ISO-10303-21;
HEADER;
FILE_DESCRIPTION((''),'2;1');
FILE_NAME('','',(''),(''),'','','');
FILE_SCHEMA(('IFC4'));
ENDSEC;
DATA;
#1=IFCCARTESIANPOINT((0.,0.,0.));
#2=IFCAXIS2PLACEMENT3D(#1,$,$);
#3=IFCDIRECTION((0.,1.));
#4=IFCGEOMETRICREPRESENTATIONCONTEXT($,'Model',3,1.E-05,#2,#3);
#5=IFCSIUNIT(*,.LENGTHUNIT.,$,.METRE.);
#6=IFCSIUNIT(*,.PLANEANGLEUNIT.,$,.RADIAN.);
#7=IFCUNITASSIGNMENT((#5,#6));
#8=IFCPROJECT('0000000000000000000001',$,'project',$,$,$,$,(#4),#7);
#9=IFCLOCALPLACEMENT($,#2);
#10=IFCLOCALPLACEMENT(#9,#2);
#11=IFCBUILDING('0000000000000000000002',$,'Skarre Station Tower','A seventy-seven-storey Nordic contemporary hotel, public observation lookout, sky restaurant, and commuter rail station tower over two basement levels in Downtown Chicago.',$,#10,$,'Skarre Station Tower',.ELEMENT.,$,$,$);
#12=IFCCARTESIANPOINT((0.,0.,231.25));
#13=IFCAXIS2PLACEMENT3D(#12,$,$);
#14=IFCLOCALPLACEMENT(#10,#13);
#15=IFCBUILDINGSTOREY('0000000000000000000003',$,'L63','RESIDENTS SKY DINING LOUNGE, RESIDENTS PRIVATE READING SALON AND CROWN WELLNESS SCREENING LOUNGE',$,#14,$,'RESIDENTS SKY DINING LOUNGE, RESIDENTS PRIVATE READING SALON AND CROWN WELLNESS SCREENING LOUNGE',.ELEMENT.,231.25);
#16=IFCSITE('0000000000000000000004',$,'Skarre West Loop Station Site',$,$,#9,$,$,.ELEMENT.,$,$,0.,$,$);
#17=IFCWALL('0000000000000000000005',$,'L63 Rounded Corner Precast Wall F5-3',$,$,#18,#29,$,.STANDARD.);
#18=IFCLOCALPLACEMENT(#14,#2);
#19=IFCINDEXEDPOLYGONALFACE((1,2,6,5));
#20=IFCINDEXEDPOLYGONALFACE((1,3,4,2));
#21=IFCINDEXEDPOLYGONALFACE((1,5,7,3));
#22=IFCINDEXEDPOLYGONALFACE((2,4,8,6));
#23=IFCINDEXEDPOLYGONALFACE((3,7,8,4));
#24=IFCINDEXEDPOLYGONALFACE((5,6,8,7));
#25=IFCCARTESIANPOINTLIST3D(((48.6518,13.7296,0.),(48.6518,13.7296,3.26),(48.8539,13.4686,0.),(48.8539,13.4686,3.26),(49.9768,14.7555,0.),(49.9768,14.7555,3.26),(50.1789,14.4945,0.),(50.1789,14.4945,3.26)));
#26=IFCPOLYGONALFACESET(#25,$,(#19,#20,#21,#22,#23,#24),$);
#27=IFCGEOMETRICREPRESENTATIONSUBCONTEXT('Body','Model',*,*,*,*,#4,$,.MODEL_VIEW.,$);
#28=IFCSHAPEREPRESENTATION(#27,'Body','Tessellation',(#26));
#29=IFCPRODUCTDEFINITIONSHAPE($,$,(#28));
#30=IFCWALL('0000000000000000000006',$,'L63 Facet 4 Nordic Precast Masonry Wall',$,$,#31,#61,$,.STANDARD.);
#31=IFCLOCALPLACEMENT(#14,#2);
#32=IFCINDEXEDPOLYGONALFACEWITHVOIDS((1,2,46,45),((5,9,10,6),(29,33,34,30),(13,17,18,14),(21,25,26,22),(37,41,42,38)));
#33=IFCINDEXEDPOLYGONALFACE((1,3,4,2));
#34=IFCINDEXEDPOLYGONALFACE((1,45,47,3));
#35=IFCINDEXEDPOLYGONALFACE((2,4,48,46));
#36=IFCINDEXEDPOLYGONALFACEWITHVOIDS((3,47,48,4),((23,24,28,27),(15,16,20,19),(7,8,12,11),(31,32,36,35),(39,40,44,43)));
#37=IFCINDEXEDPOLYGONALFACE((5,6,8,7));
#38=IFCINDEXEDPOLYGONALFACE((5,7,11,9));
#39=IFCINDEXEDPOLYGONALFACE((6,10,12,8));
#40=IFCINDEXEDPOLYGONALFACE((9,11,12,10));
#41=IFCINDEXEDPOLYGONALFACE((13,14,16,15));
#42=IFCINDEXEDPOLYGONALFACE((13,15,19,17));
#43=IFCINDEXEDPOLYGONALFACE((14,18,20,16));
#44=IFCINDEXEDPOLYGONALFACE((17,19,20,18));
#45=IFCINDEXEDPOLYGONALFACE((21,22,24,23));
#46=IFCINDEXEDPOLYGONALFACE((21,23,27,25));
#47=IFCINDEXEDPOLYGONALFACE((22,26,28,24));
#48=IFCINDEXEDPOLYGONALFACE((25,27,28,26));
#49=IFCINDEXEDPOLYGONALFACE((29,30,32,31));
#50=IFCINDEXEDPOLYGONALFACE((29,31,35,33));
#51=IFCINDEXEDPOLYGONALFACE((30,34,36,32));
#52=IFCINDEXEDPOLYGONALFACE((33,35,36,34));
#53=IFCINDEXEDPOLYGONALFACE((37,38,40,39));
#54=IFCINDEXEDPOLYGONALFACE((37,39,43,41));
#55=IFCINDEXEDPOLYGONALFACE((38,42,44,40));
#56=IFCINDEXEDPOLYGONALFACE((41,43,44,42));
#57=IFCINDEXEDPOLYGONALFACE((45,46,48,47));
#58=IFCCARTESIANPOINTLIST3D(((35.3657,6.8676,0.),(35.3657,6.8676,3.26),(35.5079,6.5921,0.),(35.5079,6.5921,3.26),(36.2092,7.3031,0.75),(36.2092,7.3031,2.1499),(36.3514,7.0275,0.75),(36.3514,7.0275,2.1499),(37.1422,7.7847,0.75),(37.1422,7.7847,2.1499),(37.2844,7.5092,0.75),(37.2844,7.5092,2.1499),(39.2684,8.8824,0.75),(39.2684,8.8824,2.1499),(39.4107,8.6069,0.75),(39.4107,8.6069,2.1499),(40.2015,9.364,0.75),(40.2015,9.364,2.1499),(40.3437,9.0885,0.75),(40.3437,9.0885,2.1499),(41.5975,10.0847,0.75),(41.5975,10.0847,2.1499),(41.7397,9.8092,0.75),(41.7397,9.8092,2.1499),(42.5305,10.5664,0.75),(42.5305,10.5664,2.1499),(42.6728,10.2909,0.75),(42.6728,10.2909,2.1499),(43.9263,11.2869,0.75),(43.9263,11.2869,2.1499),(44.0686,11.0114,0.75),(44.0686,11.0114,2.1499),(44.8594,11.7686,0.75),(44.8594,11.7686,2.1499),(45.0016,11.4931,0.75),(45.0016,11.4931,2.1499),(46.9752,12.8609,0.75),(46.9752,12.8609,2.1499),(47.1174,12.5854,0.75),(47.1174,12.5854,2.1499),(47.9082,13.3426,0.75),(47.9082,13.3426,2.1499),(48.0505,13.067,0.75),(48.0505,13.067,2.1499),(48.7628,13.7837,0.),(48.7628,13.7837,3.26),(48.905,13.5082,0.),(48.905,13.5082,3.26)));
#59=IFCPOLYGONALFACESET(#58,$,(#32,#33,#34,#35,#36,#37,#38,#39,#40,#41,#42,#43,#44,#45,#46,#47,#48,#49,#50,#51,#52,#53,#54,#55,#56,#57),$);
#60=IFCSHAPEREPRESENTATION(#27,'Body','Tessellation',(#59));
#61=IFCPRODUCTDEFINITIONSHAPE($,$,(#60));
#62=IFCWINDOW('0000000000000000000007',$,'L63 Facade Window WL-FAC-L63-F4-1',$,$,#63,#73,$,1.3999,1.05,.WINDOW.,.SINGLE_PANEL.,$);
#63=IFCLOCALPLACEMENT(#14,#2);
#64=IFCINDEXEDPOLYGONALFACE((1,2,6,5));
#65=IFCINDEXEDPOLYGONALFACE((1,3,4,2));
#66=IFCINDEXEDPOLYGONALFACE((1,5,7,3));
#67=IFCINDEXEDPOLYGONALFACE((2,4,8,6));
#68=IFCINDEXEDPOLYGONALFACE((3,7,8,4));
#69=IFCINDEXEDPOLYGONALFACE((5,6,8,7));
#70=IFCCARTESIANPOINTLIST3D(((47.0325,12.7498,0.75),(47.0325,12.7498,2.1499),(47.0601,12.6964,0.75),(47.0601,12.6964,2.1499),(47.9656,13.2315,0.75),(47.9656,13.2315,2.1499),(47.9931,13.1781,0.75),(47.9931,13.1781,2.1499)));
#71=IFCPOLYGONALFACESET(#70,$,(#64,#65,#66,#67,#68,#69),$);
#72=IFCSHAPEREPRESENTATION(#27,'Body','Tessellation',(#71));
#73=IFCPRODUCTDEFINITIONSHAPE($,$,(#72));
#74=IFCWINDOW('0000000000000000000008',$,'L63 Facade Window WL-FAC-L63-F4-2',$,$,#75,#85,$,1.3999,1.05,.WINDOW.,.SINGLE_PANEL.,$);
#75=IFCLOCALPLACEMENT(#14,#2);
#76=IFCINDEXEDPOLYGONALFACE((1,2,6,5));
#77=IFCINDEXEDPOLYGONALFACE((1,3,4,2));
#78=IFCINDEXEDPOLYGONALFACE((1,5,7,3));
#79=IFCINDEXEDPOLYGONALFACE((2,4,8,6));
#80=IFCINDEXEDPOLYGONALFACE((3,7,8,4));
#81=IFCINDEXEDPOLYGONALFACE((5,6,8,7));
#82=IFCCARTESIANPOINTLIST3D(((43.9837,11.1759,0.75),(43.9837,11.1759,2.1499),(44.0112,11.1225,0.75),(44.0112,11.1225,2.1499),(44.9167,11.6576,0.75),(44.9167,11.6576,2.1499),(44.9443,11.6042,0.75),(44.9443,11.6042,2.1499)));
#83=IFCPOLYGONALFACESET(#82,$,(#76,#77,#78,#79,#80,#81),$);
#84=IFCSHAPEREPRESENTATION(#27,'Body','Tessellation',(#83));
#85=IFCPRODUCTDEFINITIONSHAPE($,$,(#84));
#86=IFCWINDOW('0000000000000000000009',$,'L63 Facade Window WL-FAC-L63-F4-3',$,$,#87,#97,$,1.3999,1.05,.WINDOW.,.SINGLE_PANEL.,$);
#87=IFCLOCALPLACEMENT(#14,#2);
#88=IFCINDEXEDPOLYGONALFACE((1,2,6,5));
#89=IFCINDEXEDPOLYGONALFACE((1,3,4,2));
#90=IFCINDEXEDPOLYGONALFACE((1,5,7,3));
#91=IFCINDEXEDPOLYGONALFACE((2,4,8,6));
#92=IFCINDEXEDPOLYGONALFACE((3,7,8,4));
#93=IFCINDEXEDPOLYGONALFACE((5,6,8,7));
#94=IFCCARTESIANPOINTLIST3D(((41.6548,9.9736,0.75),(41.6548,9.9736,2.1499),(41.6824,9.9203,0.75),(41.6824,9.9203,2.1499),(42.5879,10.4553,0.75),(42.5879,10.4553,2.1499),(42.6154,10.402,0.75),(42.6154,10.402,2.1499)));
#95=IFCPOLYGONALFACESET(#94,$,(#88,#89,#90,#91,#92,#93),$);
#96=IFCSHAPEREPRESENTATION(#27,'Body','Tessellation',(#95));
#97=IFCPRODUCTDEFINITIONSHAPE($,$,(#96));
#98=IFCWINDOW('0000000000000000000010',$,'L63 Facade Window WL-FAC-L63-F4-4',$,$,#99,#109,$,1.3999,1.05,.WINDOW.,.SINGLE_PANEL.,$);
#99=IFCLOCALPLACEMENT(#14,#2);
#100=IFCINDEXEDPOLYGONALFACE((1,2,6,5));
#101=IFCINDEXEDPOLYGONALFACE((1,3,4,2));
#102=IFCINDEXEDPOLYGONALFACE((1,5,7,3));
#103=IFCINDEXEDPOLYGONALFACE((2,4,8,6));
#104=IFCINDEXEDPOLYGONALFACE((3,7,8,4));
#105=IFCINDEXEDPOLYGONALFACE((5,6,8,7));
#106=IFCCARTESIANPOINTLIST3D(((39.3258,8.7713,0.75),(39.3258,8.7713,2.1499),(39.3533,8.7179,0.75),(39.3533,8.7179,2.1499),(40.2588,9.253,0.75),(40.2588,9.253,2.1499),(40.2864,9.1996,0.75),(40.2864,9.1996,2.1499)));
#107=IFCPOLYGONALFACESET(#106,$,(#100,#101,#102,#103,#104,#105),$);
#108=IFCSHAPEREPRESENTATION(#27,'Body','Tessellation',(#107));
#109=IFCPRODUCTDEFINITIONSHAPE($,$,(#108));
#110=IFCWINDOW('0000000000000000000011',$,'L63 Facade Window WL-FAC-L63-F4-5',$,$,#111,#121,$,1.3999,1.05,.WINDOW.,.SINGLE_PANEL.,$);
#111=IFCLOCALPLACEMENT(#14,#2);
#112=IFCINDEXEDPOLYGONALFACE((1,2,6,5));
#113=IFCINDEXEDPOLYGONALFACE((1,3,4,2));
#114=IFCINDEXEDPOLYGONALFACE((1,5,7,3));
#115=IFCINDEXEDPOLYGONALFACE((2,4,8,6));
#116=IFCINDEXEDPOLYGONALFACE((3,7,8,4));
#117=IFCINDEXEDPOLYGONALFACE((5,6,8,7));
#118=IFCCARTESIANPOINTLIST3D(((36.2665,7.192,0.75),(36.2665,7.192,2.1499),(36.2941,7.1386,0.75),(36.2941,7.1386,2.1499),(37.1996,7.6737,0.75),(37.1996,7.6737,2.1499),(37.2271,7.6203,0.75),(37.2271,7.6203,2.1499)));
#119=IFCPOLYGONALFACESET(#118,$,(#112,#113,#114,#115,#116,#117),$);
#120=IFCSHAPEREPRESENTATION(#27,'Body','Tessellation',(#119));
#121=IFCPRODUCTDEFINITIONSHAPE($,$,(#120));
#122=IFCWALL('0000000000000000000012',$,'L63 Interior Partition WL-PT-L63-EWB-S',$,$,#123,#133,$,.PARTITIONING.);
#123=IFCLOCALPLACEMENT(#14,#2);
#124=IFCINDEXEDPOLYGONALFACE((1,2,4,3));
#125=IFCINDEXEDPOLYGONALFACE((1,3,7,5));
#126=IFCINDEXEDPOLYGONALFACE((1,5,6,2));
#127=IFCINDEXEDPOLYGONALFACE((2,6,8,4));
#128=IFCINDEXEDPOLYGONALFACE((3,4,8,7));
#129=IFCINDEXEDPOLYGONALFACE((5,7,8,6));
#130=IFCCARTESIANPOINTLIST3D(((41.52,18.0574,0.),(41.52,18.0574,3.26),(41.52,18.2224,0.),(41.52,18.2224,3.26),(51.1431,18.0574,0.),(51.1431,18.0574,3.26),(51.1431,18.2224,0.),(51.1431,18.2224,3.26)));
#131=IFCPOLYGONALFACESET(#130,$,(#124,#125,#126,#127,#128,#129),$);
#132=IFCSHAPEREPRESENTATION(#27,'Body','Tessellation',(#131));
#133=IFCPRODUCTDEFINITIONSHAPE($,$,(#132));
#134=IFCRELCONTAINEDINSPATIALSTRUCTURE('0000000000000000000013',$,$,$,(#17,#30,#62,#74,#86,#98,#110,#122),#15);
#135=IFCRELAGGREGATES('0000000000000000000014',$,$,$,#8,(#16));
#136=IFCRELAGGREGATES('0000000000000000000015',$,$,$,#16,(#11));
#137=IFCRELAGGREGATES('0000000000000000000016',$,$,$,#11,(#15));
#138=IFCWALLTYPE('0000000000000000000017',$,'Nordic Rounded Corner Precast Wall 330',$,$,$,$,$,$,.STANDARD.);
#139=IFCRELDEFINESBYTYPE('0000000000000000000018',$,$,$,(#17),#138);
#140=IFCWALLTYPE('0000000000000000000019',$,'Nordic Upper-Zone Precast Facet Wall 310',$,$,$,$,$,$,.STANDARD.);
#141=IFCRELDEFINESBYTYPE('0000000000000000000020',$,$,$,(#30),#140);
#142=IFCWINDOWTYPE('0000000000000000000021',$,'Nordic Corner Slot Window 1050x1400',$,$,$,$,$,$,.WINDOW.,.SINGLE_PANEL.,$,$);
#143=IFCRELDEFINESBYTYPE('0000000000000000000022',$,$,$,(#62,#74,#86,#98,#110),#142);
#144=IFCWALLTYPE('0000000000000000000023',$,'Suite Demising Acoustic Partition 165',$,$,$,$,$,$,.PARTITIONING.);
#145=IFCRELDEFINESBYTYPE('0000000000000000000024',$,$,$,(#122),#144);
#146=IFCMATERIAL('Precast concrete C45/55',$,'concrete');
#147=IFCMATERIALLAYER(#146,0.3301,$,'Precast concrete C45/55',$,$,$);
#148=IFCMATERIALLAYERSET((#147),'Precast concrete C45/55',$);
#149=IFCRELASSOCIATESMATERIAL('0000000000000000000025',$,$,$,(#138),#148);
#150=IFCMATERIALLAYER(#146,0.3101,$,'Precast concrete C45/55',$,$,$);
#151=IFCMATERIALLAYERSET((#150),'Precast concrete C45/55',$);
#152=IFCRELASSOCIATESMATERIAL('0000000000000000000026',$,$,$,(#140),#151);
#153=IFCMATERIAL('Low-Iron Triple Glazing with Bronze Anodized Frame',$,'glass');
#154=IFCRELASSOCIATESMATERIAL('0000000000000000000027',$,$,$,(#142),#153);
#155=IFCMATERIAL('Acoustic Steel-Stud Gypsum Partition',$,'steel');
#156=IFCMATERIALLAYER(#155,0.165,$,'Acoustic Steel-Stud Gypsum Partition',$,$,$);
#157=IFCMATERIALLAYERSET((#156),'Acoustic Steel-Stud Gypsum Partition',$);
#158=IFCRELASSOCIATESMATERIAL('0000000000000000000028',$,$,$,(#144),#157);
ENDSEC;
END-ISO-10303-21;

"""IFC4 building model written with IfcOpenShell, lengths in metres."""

from ifc_helpers import new_model, si_unit, direction, frame, frame_2d, origin, place, context, subcontext, project, spatial, rectangle, extrude, material, layer, layer_set, type_object, element, fill, save


model = new_model("IFC4")

# Units and contexts
model_context = context("Model", 3, precision=1e-05, world=origin(), true_north=direction((0.0, 1.0)))
body_context = subcontext(model_context, "Body", "Model", "MODEL_VIEW")
ifc_project = project(units=[si_unit("LENGTHUNIT", "METRE"), si_unit("PLANEANGLEUNIT", "RADIAN")], contexts=[model_context])

# Site, building, storey
site_placement = place(None, origin())
site = spatial("IfcSite", under=ifc_project, at=site_placement, Name="Skarre West Loop Station Site", CompositionType="ELEMENT", RefElevation=0.0)
building_placement = place(site_placement, origin())
building = spatial("IfcBuilding", under=site, at=building_placement, Name="Skarre Station Tower", Description="A seventy-seven-storey Nordic contemporary hotel, public observation lookout, sky restaurant, and commuter rail station tower over two basement levels in Downtown Chicago.", LongName="Skarre Station Tower", CompositionType="ELEMENT")
storey_placement = place(building_placement, frame((0.0, 0.0, 231.25)))
storey = spatial("IfcBuildingStorey", under=building, at=storey_placement, Name="L63", Description="RESIDENTS SKY DINING LOUNGE, RESIDENTS PRIVATE READING SALON AND CROWN WELLNESS SCREENING LOUNGE", LongName="RESIDENTS SKY DINING LOUNGE, RESIDENTS PRIVATE READING SALON AND CROWN WELLNESS SCREENING LOUNGE", CompositionType="ELEMENT", Elevation=231.25)

# Shared definitions
ifc_material_1 = material(Name="Acoustic Steel-Stud Gypsum Partition", Category="steel")

# Wall
ifc_material_2 = material(Name="Precast concrete C45/55", Category="concrete")
ifc_layer_1 = layer(ifc_material_2, 0.3301, Name="Precast concrete C45/55")
ifc_layer_set_1 = layer_set([ifc_layer_1], Name="Precast concrete C45/55")
wall_type_1 = type_object("IfcWallType", Name="Nordic Rounded Corner Precast Wall 330", PredefinedType="STANDARD", material=ifc_layer_set_1)
wall_1_placement = place(storey_placement, frame((50.0779, 14.625, 0.0), z_axis=(0.0, 0.0, 1.0), x_axis=(-0.790692, -0.612214, 0.0)))
element("IfcWall", 1, at=wall_1_placement, inside=storey, type_object=wall_type_1, Name="L63 Rounded Corner Precast Wall F5-3", PredefinedType="STANDARD", context=body_context, shape_type="SweptSolid", body=[
    extrude(rectangle(XDim=1.6758, YDim=0.3301, at=frame_2d((0.8379, 0.0))), origin(), (0.0, 0.0, 1.0), 3.26),
])

# Wall, openings, windows
ifc_layer_2 = layer(ifc_material_2, 0.3101, Name="Precast concrete C45/55")
ifc_layer_set_2 = layer_set([ifc_layer_2], Name="Precast concrete C45/55")
wall_type_2 = type_object("IfcWallType", Name="Nordic Upper-Zone Precast Facet Wall 310", PredefinedType="STANDARD", material=ifc_layer_set_2)
wall_2_placement = place(storey_placement, frame((48.834, 13.646, 0.0), z_axis=(0.0, 0.0, 1.0), x_axis=(-0.888581, -0.458719, 0.0)))
wall_2 = element("IfcWall", 2, at=wall_2_placement, inside=storey, type_object=wall_type_2, Name="L63 Facet 4 Nordic Precast Masonry Wall", PredefinedType="STANDARD", context=body_context, shape_type="SweptSolid", body=[
    extrude(rectangle(XDim=15.0769, YDim=0.3101, at=frame_2d((7.5386, 0.0))), origin(), (0.0, 0.0, 1.0), 3.26),
])
opening_1_placement = place(wall_2_placement, frame((0.9619, 0.0, 0.75)))
opening_1 = element("IfcOpeningElement", 3, at=opening_1_placement, cuts=wall_2, PredefinedType="OPENING", context=body_context, shape_type="SweptSolid", body=[
    extrude(rectangle(XDim=1.05, YDim=1.3999, at=frame_2d((0.5249, 0.7))), frame((0.0, 0.165, 0.0), z_axis=(0.0, -1.0, 0.0), x_axis=(1.0, 0.0, 0.0)), (0.0, 0.0, 1.0), 0.3301),
])
opening_2_placement = place(wall_2_placement, frame((4.3931, 0.0, 0.75)))
opening_2 = element("IfcOpeningElement", 4, at=opening_2_placement, cuts=wall_2, PredefinedType="OPENING", context=body_context, shape_type="SweptSolid", body=[
    extrude(rectangle(XDim=1.05, YDim=1.3999, at=frame_2d((0.5249, 0.7))), frame((0.0, 0.165, 0.0), z_axis=(0.0, -1.0, 0.0), x_axis=(1.0, 0.0, 0.0)), (0.0, 0.0, 1.0), 0.3301),
])
opening_3_placement = place(wall_2_placement, frame((7.0139, 0.0, 0.75)))
opening_3 = element("IfcOpeningElement", 5, at=opening_3_placement, cuts=wall_2, PredefinedType="OPENING", context=body_context, shape_type="SweptSolid", body=[
    extrude(rectangle(XDim=1.05, YDim=1.3999, at=frame_2d((0.5249, 0.7))), frame((0.0, 0.165, 0.0), z_axis=(0.0, -1.0, 0.0), x_axis=(1.0, 0.0, 0.0)), (0.0, 0.0, 1.0), 0.3301),
])
opening_4_placement = place(wall_2_placement, frame((9.635, 0.0, 0.75)))
opening_4 = element("IfcOpeningElement", 6, at=opening_4_placement, cuts=wall_2, PredefinedType="OPENING", context=body_context, shape_type="SweptSolid", body=[
    extrude(rectangle(XDim=1.05, YDim=1.3999, at=frame_2d((0.5249, 0.7))), frame((0.0, 0.165, 0.0), z_axis=(0.0, -1.0, 0.0), x_axis=(1.0, 0.0, 0.0)), (0.0, 0.0, 1.0), 0.3301),
])
opening_5_placement = place(wall_2_placement, frame((13.0779, 0.0, 0.75)))
opening_5 = element("IfcOpeningElement", 7, at=opening_5_placement, cuts=wall_2, PredefinedType="OPENING", context=body_context, shape_type="SweptSolid", body=[
    extrude(rectangle(XDim=1.05, YDim=1.3999, at=frame_2d((0.5249, 0.7))), frame((0.0, 0.165, 0.0), z_axis=(0.0, -1.0, 0.0), x_axis=(1.0, 0.0, 0.0)), (0.0, 0.0, 1.0), 0.3301),
])
ifc_material_3 = material(Name="Low-Iron Triple Glazing with Bronze Anodized Frame", Category="glass")
window_type = type_object("IfcWindowType", Name="Nordic Corner Slot Window 1050x1400", PartitioningType="SINGLE_PANEL", PredefinedType="WINDOW", material=ifc_material_3)
window_1_placement = place(opening_1_placement, origin())
window_1 = element("IfcWindow", 8, at=window_1_placement, inside=storey, type_object=window_type, Name="L63 Facade Window WL-FAC-L63-F4-1", OverallHeight=1.3999, OverallWidth=1.05, PartitioningType="SINGLE_PANEL", PredefinedType="WINDOW", context=body_context, shape_type="SweptSolid", body=[
    extrude(rectangle(XDim=1.05, YDim=1.3999, at=frame_2d((0.5249, 0.7))), frame((0.0, 0.03, 0.0), z_axis=(0.0, -1.0, 0.0), x_axis=(1.0, 0.0, 0.0)), (0.0, 0.0, 1.0), 0.0601),
])
fill(opening_1, window_1)
window_2_placement = place(opening_2_placement, origin())
window_2 = element("IfcWindow", 9, at=window_2_placement, inside=storey, type_object=window_type, Name="L63 Facade Window WL-FAC-L63-F4-2", OverallHeight=1.3999, OverallWidth=1.05, PartitioningType="SINGLE_PANEL", PredefinedType="WINDOW", context=body_context, shape_type="SweptSolid", body=[
    extrude(rectangle(XDim=1.05, YDim=1.3999, at=frame_2d((0.5249, 0.7))), frame((0.0, 0.03, 0.0), z_axis=(0.0, -1.0, 0.0), x_axis=(1.0, 0.0, 0.0)), (0.0, 0.0, 1.0), 0.0601),
])
fill(opening_2, window_2)
window_3_placement = place(opening_3_placement, origin())
window_3 = element("IfcWindow", 10, at=window_3_placement, inside=storey, type_object=window_type, Name="L63 Facade Window WL-FAC-L63-F4-3", OverallHeight=1.3999, OverallWidth=1.05, PartitioningType="SINGLE_PANEL", PredefinedType="WINDOW", context=body_context, shape_type="SweptSolid", body=[
    extrude(rectangle(XDim=1.05, YDim=1.3999, at=frame_2d((0.5249, 0.7))), frame((0.0, 0.03, 0.0), z_axis=(0.0, -1.0, 0.0), x_axis=(1.0, 0.0, 0.0)), (0.0, 0.0, 1.0), 0.0601),
])
fill(opening_3, window_3)
window_4_placement = place(opening_4_placement, origin())
window_4 = element("IfcWindow", 11, at=window_4_placement, inside=storey, type_object=window_type, Name="L63 Facade Window WL-FAC-L63-F4-4", OverallHeight=1.3999, OverallWidth=1.05, PartitioningType="SINGLE_PANEL", PredefinedType="WINDOW", context=body_context, shape_type="SweptSolid", body=[
    extrude(rectangle(XDim=1.05, YDim=1.3999, at=frame_2d((0.5249, 0.7))), frame((0.0, 0.03, 0.0), z_axis=(0.0, -1.0, 0.0), x_axis=(1.0, 0.0, 0.0)), (0.0, 0.0, 1.0), 0.0601),
])
fill(opening_4, window_4)
window_5_placement = place(opening_5_placement, origin())
window_5 = element("IfcWindow", 12, at=window_5_placement, inside=storey, type_object=window_type, Name="L63 Facade Window WL-FAC-L63-F4-5", OverallHeight=1.3999, OverallWidth=1.05, PartitioningType="SINGLE_PANEL", PredefinedType="WINDOW", context=body_context, shape_type="SweptSolid", body=[
    extrude(rectangle(XDim=1.05, YDim=1.3999, at=frame_2d((0.5249, 0.7))), frame((0.0, 0.03, 0.0), z_axis=(0.0, -1.0, 0.0), x_axis=(1.0, 0.0, 0.0)), (0.0, 0.0, 1.0), 0.0601),
])
fill(opening_5, window_5)

# Wall
ifc_layer_3 = layer(ifc_material_1, 0.165, Name="Acoustic Steel-Stud Gypsum Partition")
ifc_layer_set_3 = layer_set([ifc_layer_3], Name="Acoustic Steel-Stud Gypsum Partition")
wall_type_3 = type_object("IfcWallType", Name="Suite Demising Acoustic Partition 165", PredefinedType="PARTITIONING", material=ifc_layer_set_3)
wall_3_placement = place(storey_placement, frame((41.52, 18.1399, 0.0), z_axis=(0.0, 0.0, 1.0), x_axis=(1.0, 0.0, 0.0)))
element("IfcWall", 13, at=wall_3_placement, inside=storey, type_object=wall_type_3, Name="L63 Interior Partition WL-PT-L63-EWB-S", PredefinedType="PARTITIONING", context=body_context, shape_type="SweptSolid", body=[
    extrude(rectangle(XDim=9.623, YDim=0.165, at=frame_2d((4.8115, 0.0))), origin(), (0.0, 0.0, 1.0), 3.26),
])

save(model, "model.ifc")
